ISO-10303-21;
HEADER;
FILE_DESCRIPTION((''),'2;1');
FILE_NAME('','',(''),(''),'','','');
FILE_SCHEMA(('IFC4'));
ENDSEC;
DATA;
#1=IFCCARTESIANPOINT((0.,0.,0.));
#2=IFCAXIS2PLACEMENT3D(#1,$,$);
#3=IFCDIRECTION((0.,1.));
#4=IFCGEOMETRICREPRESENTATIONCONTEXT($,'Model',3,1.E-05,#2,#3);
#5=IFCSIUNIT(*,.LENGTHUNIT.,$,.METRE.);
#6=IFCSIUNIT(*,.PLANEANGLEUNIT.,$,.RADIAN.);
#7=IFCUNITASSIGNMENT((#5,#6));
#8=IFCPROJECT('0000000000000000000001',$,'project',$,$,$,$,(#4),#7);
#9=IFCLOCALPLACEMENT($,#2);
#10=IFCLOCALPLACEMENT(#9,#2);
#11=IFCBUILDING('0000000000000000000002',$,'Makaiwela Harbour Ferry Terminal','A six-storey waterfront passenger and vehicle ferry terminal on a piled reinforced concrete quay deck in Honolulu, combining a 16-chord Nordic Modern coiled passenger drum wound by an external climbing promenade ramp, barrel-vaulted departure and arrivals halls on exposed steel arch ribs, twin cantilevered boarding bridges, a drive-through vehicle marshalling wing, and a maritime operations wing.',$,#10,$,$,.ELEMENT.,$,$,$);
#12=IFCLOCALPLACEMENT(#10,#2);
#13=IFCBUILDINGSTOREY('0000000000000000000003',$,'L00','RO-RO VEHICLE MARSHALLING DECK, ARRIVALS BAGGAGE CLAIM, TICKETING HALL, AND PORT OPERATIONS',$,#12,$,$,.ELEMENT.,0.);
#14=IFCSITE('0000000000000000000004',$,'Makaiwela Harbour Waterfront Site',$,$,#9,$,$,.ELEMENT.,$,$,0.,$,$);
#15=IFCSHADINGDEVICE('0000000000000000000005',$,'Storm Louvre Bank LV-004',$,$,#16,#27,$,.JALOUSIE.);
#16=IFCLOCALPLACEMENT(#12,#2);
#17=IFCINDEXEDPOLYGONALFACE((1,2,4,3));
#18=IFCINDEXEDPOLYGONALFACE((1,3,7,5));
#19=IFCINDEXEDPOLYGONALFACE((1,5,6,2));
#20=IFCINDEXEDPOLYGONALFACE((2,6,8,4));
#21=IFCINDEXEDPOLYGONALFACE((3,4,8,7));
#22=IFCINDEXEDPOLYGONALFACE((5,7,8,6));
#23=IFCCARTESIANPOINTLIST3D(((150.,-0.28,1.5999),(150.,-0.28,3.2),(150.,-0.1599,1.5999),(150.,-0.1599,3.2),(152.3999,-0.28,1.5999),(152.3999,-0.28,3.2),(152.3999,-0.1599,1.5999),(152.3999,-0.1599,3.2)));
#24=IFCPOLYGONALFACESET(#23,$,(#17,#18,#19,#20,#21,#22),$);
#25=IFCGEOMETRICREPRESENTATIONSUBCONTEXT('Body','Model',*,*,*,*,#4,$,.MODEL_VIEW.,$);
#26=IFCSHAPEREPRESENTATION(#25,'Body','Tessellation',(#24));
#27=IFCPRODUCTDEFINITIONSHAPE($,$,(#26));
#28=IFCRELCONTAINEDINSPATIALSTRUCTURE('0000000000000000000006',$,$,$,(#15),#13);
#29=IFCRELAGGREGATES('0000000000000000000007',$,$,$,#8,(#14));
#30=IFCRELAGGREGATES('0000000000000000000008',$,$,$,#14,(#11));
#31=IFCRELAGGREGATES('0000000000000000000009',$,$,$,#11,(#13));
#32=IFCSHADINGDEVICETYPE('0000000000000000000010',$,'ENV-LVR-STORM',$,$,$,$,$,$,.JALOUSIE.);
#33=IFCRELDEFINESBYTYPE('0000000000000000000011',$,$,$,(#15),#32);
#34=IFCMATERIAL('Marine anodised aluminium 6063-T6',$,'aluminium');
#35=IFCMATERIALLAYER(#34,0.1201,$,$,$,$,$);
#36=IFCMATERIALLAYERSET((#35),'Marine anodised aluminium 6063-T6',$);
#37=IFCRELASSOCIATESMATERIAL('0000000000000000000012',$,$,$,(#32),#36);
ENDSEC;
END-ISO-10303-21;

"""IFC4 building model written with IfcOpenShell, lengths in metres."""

from ifc_helpers import new_model, si_unit, direction, frame, origin, origin_2d, place, context, subcontext, project, spatial, rectangle, extrude, material, layer, layer_set, type_object, element, save


model = new_model("IFC4")

# Units and contexts
model_context = context("Model", 3, precision=1e-05, world=origin(), true_north=direction((0.0, 1.0)))
body_context = subcontext(model_context, "Body", "Model", "MODEL_VIEW")
ifc_project = project(units=[si_unit("LENGTHUNIT", "METRE"), si_unit("PLANEANGLEUNIT", "RADIAN")], contexts=[model_context])

# Site, building, storey
site_placement = place(None, origin())
site = spatial("IfcSite", under=ifc_project, at=site_placement, Name="Makaiwela Harbour Waterfront Site", CompositionType="ELEMENT", RefElevation=0.0)
building_placement = place(site_placement, origin())
building = spatial("IfcBuilding", under=site, at=building_placement, Name="Makaiwela Harbour Ferry Terminal", Description="A six-storey waterfront passenger and vehicle ferry terminal on a piled reinforced concrete quay deck in Honolulu, combining a 16-chord Nordic Modern coiled passenger drum wound by an external climbing promenade ramp, barrel-vaulted departure and arrivals halls on exposed steel arch ribs, twin cantilevered boarding bridges, a drive-through vehicle marshalling wing, and a maritime operations wing.", CompositionType="ELEMENT")
storey_placement = place(building_placement, origin())
storey = spatial("IfcBuildingStorey", under=building, at=storey_placement, Name="L00", Description="RO-RO VEHICLE MARSHALLING DECK, ARRIVALS BAGGAGE CLAIM, TICKETING HALL, AND PORT OPERATIONS", CompositionType="ELEMENT", Elevation=0.0)

# Shading device
ifc_material_1 = material(Name="Marine anodised aluminium 6063-T6", Category="aluminium")
ifc_layer_1 = layer(ifc_material_1, 0.1201)
ifc_layer_set_1 = layer_set([ifc_layer_1], Name="Marine anodised aluminium 6063-T6")
shading_device_type = type_object("IfcShadingDeviceType", Name="ENV-LVR-STORM", PredefinedType="JALOUSIE", material=ifc_layer_set_1)
shading_device_placement = place(storey_placement, frame((151.2, -0.22, 1.5999), z_axis=(0.0, 0.0, 1.0), x_axis=(-1.0, 0.0, 0.0)))
element("IfcShadingDevice", 1, at=shading_device_placement, inside=storey, type_object=shading_device_type, Name="Storm Louvre Bank LV-004", PredefinedType="JALOUSIE", context=body_context, shape_type="SweptSolid", body=[
    extrude(rectangle(XDim=2.3999, YDim=0.1201, at=origin_2d()), origin(), (0.0, 0.0, 1.0), 1.6001),
])

save(model, "model.ifc")
